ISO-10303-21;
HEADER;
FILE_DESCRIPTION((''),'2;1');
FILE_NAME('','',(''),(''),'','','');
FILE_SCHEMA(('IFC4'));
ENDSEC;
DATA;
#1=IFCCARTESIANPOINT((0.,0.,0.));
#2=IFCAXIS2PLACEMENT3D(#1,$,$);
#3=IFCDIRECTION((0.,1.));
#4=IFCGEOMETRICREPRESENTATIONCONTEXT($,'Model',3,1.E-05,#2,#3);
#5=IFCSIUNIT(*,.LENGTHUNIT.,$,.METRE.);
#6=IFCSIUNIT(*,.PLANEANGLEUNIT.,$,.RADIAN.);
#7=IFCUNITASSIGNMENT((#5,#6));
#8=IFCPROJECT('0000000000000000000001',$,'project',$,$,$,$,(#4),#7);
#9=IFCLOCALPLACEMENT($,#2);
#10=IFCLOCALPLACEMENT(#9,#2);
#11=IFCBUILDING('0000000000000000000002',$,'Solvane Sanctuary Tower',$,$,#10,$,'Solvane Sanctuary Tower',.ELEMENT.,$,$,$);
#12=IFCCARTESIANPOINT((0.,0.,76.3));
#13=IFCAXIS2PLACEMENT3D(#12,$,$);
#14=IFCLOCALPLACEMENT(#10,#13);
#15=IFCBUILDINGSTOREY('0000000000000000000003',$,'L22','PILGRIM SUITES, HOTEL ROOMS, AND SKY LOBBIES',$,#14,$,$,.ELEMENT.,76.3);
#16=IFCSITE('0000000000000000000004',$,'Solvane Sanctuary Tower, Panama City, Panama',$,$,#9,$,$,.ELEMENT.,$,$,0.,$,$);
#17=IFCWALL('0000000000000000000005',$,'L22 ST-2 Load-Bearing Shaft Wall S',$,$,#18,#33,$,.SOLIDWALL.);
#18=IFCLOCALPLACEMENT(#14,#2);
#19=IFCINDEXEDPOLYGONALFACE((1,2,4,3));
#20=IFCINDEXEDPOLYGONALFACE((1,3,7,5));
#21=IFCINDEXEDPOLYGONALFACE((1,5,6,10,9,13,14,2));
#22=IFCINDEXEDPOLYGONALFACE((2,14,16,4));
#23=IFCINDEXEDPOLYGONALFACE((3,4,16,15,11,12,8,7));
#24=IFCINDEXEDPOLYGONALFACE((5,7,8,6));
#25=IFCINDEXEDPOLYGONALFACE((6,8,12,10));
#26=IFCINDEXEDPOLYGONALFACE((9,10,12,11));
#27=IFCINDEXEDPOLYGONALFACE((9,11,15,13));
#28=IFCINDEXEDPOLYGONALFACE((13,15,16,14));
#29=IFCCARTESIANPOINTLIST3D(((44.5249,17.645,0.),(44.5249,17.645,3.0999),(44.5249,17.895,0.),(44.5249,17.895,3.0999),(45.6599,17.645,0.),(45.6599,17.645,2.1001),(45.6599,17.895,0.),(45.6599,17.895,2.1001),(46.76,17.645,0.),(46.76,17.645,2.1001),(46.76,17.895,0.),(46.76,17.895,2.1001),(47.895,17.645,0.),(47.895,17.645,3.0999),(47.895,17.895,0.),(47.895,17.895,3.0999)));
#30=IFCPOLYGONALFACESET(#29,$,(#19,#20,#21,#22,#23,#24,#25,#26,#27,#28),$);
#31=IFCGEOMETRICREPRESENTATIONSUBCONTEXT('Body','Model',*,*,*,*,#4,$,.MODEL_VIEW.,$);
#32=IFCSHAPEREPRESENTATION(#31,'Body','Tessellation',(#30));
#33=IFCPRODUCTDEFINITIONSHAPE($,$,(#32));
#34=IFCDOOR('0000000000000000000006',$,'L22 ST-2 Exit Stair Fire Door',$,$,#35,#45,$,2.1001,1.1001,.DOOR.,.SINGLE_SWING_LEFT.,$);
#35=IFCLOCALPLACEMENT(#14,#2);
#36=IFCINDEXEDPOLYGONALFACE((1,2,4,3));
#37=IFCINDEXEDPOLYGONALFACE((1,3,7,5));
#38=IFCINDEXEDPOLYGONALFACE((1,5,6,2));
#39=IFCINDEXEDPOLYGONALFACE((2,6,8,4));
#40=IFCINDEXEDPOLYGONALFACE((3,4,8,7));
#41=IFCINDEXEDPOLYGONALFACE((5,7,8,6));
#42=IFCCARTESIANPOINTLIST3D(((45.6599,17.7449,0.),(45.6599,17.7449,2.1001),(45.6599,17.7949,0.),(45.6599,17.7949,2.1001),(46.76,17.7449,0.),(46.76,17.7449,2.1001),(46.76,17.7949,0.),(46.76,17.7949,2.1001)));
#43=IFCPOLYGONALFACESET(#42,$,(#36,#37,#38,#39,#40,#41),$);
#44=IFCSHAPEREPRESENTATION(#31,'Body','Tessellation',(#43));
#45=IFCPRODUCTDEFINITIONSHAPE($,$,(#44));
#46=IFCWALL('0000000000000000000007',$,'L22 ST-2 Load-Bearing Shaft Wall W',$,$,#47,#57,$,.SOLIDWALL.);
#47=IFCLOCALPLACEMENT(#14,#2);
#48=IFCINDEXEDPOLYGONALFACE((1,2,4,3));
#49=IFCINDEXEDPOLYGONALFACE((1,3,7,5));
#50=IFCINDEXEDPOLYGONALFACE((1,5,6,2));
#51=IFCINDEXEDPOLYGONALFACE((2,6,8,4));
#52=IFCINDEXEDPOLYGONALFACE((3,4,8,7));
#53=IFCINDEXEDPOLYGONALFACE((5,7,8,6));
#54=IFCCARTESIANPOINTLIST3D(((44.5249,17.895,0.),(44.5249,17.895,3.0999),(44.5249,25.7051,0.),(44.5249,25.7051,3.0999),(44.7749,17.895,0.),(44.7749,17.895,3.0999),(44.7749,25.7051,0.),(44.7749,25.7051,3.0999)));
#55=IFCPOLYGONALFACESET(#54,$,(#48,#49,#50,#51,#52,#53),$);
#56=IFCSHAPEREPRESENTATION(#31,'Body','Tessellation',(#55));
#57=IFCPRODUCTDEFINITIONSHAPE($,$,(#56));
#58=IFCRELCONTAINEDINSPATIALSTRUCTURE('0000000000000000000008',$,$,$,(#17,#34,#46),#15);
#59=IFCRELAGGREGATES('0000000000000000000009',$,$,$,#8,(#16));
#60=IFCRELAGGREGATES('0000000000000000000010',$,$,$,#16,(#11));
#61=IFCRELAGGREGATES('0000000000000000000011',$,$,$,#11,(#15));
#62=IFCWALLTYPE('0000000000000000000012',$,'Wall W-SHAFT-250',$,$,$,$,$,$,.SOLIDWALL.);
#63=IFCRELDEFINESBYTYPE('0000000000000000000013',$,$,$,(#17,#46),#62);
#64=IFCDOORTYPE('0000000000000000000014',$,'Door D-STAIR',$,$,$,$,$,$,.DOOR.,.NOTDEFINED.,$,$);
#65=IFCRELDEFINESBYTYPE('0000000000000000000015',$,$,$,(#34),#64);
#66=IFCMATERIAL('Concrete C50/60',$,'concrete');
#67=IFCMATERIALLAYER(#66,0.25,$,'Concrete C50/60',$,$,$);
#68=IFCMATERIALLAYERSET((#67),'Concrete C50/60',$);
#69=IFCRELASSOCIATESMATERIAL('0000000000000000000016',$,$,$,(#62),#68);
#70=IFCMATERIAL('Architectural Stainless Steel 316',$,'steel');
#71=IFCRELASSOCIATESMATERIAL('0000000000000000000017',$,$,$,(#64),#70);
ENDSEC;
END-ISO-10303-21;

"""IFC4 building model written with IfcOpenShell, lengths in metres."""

from ifc_helpers import new_model, si_unit, direction, frame, frame_2d, origin, place, context, subcontext, project, spatial, rectangle, extrude, material, layer, layer_set, type_object, element, fill, save


model = new_model("IFC4")

# Units and contexts
model_context = context("Model", 3, precision=1e-05, world=origin(), true_north=direction((0.0, 1.0)))
body_context = subcontext(model_context, "Body", "Model", "MODEL_VIEW")
ifc_project = project(units=[si_unit("LENGTHUNIT", "METRE"), si_unit("PLANEANGLEUNIT", "RADIAN")], contexts=[model_context])

# Site, building, storey
site_placement = place(None, origin())
site = spatial("IfcSite", under=ifc_project, at=site_placement, Name="Solvane Sanctuary Tower, Panama City, Panama", CompositionType="ELEMENT", RefElevation=0.0)
building_placement = place(site_placement, origin())
building = spatial("IfcBuilding", under=site, at=building_placement, Name="Solvane Sanctuary Tower", LongName="Solvane Sanctuary Tower", CompositionType="ELEMENT")
storey_placement = place(building_placement, frame((0.0, 0.0, 76.3)))
storey = spatial("IfcBuildingStorey", under=building, at=storey_placement, Name="L22", Description="PILGRIM SUITES, HOTEL ROOMS, AND SKY LOBBIES", CompositionType="ELEMENT", Elevation=76.3)

# Shared definitions
ifc_material_1 = material(Name="Concrete C50/60", Category="concrete")
ifc_material_2 = material(Name="Architectural Stainless Steel 316", Category="steel")

# Wall, opening, door
ifc_layer_1 = layer(ifc_material_1, 0.25, Name="Concrete C50/60")
ifc_layer_set_1 = layer_set([ifc_layer_1], Name="Concrete C50/60")
wall_type_1 = type_object("IfcWallType", Name="Wall W-SHAFT-250", PredefinedType="SOLIDWALL", material=ifc_layer_set_1)
wall_1_placement = place(storey_placement, frame((44.5249, 17.77, 0.0), z_axis=(0.0, 0.0, 1.0), x_axis=(1.0, 0.0, 0.0)))
wall_1 = element("IfcWall", 1, at=wall_1_placement, inside=storey, type_object=wall_type_1, Name="L22 ST-2 Load-Bearing Shaft Wall S", PredefinedType="SOLIDWALL", context=body_context, shape_type="SweptSolid", body=[
    extrude(rectangle(XDim=3.3701, YDim=0.25, at=frame_2d((1.6851, 0.0))), origin(), (0.0, 0.0, 1.0), 3.0999),
])
opening_1_placement = place(wall_1_placement, frame((1.135, 0.0, 0.0)))
opening_1 = element("IfcOpeningElement", 2, at=opening_1_placement, cuts=wall_1, PredefinedType="OPENING", context=body_context, shape_type="SweptSolid", body=[
    extrude(rectangle(XDim=1.1001, YDim=2.1001, at=frame_2d((0.55, 1.05))), frame((0.0, 0.135, 0.0), z_axis=(0.0, -1.0, 0.0), x_axis=(1.0, 0.0, 0.0)), (0.0, 0.0, 1.0), 0.27),
])
door_type_1 = type_object("IfcDoorType", Name="Door D-STAIR", OperationType="NOTDEFINED", PredefinedType="DOOR", material=ifc_material_2)
door_1_placement = place(opening_1_placement, origin())
door_1 = element("IfcDoor", 3, at=door_1_placement, inside=storey, type_object=door_type_1, Name="L22 ST-2 Exit Stair Fire Door", OperationType="SINGLE_SWING_LEFT", OverallHeight=2.1001, OverallWidth=1.1001, PredefinedType="DOOR", context=body_context, shape_type="SweptSolid", body=[
    extrude(rectangle(XDim=1.1001, YDim=2.1001, at=frame_2d((0.55, 1.05))), frame((0.0, 0.0249, 0.0), z_axis=(0.0, -1.0, 0.0), x_axis=(1.0, 0.0, 0.0)), (0.0, 0.0, 1.0), 0.05),
])
fill(opening_1, door_1)

# Wall
wall_2_placement = place(storey_placement, frame((44.6499, 17.895, 0.0), z_axis=(0.0, 0.0, 1.0), x_axis=(0.0, 1.0, 0.0)))
element("IfcWall", 4, at=wall_2_placement, inside=storey, type_object=wall_type_1, Name="L22 ST-2 Load-Bearing Shaft Wall W", PredefinedType="SOLIDWALL", context=body_context, shape_type="SweptSolid", body=[
    extrude(rectangle(XDim=7.8101, YDim=0.25, at=frame_2d((3.905, 0.0))), origin(), (0.0, 0.0, 1.0), 3.0999),
])

save(model, "model.ifc")
